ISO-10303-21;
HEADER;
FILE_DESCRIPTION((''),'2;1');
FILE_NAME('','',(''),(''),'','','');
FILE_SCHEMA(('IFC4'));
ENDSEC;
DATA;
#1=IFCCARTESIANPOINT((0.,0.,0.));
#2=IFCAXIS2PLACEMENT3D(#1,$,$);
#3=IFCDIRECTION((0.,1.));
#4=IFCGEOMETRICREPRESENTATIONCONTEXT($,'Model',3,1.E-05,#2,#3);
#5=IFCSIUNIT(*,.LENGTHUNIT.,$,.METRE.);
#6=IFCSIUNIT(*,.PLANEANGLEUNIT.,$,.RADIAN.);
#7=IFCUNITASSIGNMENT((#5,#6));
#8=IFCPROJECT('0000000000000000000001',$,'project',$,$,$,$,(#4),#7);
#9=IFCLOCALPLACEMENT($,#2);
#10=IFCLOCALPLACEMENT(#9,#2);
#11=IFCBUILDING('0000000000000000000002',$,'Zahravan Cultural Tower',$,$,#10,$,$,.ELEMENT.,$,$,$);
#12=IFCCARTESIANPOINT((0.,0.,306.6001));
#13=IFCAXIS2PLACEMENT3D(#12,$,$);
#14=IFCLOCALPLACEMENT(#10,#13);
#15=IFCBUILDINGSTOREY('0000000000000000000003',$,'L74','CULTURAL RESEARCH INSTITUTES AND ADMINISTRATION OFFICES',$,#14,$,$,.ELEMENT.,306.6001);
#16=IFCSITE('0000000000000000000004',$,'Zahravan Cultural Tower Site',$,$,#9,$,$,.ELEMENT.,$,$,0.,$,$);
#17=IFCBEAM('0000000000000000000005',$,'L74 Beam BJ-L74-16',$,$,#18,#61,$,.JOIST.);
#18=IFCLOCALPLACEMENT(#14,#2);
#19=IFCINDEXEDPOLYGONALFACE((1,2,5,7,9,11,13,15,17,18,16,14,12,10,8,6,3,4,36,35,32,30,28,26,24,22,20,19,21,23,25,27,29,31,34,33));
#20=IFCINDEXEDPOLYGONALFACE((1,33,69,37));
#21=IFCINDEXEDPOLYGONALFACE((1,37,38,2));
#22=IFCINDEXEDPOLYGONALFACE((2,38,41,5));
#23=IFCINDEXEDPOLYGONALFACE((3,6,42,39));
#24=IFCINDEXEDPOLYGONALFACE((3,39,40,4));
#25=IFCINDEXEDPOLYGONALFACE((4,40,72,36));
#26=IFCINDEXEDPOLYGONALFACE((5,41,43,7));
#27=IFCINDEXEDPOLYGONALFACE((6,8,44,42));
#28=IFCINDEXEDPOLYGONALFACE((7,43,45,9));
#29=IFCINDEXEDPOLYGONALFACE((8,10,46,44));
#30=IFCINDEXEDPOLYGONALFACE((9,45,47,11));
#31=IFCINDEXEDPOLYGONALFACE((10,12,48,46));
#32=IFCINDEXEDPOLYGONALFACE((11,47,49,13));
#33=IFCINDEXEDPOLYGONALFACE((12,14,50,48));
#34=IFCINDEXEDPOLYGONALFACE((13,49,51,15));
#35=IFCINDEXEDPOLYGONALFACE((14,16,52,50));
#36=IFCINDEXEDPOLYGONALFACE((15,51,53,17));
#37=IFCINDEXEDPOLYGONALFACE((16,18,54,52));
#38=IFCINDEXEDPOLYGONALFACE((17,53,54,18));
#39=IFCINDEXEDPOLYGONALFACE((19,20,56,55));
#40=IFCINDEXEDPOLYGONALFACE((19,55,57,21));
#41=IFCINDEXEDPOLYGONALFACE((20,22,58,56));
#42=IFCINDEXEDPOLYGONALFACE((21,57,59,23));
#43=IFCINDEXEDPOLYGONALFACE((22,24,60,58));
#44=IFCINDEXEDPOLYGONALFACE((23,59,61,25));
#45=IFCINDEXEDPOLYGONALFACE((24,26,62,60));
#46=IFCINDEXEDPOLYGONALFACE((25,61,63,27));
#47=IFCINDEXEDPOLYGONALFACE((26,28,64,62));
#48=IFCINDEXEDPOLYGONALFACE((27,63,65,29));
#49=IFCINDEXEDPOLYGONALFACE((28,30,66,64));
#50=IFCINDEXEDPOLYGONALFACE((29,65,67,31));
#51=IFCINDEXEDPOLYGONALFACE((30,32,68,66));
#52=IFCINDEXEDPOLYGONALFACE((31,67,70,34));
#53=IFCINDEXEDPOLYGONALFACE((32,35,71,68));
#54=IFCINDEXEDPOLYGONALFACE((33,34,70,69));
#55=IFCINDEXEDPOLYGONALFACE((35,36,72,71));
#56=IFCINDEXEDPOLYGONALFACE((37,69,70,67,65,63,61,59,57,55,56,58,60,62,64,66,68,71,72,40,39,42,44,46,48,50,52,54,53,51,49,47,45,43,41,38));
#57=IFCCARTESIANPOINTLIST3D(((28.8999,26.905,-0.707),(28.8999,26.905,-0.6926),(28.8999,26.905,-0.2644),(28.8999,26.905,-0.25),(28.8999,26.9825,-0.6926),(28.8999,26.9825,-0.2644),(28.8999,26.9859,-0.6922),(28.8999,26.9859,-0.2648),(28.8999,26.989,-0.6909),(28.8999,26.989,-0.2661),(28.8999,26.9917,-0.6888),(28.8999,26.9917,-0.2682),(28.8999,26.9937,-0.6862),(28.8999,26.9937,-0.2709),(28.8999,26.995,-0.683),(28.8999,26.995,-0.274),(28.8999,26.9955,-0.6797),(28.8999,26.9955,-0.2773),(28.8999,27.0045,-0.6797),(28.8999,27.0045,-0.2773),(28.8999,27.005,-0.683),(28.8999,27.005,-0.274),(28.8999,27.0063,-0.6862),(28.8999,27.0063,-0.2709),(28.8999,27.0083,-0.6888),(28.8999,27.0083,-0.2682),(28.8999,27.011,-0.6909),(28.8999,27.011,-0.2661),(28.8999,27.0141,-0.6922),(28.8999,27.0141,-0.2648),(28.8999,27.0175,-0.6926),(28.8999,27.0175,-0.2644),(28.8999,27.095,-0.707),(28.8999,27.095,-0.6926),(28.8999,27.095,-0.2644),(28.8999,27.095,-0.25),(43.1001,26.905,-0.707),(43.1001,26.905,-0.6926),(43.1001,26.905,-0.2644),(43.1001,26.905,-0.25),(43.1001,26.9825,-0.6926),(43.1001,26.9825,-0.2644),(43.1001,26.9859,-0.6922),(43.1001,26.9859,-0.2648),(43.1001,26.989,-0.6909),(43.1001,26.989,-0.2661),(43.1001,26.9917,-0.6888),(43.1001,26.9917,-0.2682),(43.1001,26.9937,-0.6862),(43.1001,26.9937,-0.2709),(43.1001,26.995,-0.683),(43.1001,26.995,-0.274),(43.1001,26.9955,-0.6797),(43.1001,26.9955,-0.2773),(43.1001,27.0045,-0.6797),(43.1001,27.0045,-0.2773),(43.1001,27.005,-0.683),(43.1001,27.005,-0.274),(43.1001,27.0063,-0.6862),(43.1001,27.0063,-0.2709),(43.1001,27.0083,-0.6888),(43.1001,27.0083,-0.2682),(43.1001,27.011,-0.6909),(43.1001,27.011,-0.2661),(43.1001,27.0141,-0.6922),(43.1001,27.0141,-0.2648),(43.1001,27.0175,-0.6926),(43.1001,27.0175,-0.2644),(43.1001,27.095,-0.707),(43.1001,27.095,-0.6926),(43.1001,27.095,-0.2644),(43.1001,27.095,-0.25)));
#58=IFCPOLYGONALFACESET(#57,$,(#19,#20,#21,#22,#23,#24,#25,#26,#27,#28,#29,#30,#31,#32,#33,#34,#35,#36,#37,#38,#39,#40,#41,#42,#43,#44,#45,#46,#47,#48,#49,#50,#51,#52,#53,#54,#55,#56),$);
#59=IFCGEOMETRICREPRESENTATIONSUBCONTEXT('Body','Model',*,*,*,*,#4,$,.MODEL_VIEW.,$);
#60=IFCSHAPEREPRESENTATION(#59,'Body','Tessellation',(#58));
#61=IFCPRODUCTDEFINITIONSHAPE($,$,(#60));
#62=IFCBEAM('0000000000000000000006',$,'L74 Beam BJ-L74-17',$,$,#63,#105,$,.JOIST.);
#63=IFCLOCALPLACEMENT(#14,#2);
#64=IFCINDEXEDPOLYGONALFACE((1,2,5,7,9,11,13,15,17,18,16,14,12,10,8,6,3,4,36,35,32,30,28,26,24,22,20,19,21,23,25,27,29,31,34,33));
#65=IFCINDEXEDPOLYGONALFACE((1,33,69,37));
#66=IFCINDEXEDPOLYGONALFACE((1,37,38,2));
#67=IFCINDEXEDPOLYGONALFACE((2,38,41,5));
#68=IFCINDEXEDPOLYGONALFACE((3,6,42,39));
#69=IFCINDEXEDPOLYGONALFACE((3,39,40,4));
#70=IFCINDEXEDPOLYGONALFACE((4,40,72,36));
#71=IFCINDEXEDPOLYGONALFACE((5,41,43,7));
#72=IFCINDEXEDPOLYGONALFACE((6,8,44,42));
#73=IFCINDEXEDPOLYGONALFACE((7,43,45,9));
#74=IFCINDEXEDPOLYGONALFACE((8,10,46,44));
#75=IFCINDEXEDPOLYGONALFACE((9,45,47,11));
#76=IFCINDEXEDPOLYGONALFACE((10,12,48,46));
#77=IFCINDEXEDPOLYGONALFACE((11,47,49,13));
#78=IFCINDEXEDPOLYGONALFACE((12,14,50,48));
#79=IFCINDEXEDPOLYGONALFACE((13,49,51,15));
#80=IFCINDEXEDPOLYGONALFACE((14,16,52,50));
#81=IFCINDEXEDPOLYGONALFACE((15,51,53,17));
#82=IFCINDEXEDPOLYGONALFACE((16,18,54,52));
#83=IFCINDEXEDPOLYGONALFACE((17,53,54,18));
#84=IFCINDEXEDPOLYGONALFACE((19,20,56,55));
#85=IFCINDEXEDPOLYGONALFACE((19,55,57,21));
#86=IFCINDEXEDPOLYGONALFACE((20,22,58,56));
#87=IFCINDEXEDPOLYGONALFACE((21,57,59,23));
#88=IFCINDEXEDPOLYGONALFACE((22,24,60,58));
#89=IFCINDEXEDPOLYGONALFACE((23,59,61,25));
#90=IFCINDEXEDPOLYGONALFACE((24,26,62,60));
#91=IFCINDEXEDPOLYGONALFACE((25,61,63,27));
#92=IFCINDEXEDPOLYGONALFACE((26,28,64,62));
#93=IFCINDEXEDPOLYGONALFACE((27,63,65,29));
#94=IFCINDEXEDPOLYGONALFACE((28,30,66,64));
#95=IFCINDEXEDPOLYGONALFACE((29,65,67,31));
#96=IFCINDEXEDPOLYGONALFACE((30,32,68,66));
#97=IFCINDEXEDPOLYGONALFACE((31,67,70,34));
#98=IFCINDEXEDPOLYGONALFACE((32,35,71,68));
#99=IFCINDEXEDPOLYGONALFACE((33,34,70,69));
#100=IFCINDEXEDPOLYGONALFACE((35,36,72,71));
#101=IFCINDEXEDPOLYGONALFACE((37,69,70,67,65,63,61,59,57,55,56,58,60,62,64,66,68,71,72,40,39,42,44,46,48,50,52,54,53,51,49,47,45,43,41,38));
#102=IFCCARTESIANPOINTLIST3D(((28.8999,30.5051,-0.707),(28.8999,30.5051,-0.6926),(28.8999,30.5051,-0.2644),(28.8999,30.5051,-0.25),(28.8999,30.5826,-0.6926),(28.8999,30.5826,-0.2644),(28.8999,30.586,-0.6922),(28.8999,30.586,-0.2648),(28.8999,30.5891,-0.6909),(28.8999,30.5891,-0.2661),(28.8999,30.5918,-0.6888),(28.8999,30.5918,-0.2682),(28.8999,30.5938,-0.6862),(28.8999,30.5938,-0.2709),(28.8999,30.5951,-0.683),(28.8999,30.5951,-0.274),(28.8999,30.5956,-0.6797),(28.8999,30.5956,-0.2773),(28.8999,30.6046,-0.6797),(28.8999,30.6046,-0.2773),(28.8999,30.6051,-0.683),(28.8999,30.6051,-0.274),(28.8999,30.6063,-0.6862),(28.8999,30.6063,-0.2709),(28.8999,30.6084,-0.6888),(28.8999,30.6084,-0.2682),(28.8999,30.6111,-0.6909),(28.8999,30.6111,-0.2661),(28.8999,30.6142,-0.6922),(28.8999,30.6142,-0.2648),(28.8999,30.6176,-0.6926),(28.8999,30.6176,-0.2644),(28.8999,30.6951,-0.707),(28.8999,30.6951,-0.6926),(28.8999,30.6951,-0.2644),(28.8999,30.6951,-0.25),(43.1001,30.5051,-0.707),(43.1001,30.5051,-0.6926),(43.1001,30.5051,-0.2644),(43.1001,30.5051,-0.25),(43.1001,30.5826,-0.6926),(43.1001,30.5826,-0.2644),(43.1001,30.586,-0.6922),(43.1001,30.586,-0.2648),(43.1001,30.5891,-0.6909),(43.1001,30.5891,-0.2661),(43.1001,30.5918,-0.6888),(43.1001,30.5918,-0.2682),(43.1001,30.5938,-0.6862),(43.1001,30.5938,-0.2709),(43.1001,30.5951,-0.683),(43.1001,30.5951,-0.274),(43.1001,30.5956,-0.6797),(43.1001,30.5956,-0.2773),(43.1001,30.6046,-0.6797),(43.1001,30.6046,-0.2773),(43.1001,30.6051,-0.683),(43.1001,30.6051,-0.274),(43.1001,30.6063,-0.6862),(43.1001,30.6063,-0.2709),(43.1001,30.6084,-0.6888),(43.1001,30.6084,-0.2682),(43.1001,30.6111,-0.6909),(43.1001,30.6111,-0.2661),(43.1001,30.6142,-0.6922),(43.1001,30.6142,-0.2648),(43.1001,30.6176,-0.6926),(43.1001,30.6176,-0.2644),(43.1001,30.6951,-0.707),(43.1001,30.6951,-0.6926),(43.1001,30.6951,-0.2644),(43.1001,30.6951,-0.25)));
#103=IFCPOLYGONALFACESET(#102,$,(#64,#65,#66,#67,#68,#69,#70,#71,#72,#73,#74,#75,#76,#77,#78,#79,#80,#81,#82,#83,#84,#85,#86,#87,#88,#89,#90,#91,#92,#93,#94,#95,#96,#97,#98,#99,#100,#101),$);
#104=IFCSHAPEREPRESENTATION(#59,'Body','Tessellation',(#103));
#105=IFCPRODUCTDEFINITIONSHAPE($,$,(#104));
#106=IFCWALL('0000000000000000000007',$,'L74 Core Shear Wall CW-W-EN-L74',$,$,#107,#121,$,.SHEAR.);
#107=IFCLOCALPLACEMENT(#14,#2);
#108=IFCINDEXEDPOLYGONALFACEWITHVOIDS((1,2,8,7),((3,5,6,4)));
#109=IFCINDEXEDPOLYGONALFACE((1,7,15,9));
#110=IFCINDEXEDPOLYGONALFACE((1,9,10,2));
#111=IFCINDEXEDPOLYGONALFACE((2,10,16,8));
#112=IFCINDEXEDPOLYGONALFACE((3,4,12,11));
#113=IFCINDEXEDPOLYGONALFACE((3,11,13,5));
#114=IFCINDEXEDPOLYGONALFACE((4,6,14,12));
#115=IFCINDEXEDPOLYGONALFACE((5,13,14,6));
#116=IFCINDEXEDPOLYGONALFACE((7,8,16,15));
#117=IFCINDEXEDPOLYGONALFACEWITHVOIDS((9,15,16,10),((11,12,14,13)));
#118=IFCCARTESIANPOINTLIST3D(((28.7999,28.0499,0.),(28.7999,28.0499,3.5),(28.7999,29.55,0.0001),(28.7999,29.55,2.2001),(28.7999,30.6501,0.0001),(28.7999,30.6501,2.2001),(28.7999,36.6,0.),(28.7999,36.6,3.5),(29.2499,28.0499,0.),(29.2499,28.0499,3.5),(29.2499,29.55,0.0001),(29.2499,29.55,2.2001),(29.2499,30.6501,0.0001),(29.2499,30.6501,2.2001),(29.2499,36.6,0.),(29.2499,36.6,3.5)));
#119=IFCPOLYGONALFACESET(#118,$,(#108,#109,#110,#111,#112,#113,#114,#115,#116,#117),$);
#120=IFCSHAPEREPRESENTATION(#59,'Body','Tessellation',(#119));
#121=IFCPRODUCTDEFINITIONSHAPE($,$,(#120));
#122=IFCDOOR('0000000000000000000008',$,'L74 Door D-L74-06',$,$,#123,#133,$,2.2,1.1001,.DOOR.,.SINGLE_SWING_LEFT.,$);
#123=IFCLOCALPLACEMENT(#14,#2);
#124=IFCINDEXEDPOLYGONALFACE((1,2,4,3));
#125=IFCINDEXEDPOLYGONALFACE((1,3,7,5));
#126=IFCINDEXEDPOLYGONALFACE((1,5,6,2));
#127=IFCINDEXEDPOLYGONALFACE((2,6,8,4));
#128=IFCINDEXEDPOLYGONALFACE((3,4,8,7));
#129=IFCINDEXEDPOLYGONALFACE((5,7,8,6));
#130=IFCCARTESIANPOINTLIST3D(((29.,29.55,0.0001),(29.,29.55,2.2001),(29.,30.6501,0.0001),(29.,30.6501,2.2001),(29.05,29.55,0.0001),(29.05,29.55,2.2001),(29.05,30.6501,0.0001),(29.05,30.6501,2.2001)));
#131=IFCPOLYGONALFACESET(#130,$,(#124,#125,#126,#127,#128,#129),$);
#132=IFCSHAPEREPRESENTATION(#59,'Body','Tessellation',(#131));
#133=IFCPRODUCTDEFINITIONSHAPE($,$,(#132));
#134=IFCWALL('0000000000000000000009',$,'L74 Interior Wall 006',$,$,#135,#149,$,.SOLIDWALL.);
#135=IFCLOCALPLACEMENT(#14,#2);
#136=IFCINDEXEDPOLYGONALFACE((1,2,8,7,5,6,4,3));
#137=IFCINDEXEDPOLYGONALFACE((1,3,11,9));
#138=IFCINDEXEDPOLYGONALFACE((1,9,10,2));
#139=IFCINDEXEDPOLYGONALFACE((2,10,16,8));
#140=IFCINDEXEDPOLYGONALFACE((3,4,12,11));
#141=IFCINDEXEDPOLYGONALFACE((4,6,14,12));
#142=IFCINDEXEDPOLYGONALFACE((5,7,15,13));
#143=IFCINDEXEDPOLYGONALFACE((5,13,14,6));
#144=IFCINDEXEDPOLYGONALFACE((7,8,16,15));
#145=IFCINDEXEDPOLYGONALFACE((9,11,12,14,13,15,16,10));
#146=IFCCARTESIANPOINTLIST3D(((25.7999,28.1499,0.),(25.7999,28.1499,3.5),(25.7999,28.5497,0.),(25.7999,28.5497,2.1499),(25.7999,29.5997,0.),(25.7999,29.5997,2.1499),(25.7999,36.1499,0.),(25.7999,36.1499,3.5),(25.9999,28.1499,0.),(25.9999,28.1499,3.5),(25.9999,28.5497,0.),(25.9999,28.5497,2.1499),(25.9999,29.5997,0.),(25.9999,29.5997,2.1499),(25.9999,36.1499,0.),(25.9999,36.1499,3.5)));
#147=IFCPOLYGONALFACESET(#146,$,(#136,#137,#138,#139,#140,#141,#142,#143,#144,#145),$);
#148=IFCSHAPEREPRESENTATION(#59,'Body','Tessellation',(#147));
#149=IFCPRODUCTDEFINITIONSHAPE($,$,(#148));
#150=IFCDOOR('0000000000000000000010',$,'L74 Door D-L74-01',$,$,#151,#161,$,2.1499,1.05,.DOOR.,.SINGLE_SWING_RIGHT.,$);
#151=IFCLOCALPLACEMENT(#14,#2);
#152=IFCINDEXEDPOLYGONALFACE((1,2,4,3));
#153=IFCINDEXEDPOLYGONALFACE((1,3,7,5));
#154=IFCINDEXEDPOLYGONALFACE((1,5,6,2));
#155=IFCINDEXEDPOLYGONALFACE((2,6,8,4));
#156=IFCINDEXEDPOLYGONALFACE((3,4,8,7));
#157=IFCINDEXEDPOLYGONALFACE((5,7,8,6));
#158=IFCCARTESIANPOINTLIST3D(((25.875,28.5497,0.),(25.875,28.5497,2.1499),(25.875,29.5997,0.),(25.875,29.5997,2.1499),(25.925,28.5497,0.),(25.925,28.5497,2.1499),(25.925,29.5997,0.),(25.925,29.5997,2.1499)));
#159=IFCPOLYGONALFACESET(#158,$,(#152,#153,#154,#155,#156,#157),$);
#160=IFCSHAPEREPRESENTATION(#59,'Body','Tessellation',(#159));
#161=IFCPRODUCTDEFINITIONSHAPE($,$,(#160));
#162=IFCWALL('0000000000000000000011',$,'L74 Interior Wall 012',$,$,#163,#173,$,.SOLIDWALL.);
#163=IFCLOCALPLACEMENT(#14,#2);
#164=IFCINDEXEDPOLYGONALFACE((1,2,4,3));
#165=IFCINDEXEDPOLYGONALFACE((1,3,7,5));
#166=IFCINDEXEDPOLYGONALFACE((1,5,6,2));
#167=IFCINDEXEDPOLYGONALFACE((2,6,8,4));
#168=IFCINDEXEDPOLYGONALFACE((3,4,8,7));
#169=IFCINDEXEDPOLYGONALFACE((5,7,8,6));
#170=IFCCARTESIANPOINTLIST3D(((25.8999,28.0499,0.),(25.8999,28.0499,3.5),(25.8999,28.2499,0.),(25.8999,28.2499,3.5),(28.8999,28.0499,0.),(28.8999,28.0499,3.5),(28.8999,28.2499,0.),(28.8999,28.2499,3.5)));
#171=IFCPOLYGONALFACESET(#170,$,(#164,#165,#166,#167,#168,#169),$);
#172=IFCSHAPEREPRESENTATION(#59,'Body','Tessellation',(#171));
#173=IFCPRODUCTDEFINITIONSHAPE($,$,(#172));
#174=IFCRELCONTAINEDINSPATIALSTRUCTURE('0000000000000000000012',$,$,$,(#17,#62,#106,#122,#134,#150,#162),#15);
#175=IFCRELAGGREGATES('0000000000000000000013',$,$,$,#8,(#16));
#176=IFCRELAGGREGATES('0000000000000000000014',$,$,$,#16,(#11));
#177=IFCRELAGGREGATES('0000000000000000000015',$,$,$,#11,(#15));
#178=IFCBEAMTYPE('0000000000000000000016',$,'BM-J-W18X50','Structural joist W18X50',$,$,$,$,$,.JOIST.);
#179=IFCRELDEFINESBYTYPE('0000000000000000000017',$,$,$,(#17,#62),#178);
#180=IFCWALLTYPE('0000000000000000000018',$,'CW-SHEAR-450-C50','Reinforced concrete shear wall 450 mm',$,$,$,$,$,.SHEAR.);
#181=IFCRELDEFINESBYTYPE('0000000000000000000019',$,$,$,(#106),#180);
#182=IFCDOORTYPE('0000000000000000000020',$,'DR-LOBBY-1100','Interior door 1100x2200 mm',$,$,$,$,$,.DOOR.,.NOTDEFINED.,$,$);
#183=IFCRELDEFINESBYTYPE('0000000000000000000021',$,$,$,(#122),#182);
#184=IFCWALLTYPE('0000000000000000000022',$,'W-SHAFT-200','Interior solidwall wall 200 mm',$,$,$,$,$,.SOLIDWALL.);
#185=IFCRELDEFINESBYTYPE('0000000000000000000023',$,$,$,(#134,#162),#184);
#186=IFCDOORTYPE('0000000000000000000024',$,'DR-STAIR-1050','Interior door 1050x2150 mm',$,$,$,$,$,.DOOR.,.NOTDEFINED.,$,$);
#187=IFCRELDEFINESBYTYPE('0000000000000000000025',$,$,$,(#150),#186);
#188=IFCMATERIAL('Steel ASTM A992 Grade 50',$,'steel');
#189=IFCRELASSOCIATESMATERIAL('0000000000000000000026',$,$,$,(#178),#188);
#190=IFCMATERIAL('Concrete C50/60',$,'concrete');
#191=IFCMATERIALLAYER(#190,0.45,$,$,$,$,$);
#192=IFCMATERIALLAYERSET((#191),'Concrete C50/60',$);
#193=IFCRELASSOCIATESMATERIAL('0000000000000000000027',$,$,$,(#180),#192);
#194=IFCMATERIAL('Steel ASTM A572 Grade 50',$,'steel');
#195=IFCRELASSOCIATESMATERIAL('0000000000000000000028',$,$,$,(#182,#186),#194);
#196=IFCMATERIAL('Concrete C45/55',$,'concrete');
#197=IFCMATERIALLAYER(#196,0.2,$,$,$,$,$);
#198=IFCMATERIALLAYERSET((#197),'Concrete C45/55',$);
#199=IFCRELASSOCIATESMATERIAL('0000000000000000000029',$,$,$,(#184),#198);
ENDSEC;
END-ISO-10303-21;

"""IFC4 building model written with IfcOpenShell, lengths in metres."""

from ifc_helpers import new_model, si_unit, direction, frame, frame_2d, origin, origin_2d, place, context, subcontext, project, spatial, rectangle, i_section, extrude, source, transform, mapped, material, layer, layer_set, material_profile, profile_set, type_object, element, fill, save


model = new_model("IFC4")

# Units and contexts
model_context = context("Model", 3, precision=1e-05, world=origin(), true_north=direction((0.0, 1.0)))
body_context = subcontext(model_context, "Body", "Model", "MODEL_VIEW")
ifc_project = project(units=[si_unit("LENGTHUNIT", "METRE"), si_unit("PLANEANGLEUNIT", "RADIAN")], contexts=[model_context])

# Site, building, storey
site_placement = place(None, origin())
site = spatial("IfcSite", under=ifc_project, at=site_placement, Name="Zahravan Cultural Tower Site", CompositionType="ELEMENT", RefElevation=0.0)
building_placement = place(site_placement, origin())
building = spatial("IfcBuilding", under=site, at=building_placement, Name="Zahravan Cultural Tower", CompositionType="ELEMENT")
storey_placement = place(building_placement, frame((0.0, 0.0, 306.6001)))
storey = spatial("IfcBuildingStorey", under=building, at=storey_placement, Name="L74", Description="CULTURAL RESEARCH INSTITUTES AND ADMINISTRATION OFFICES", CompositionType="ELEMENT", Elevation=306.6001)

# Beams
ifc_material_1 = material(Name="Steel ASTM A992 Grade 50", Category="steel")
ifc_material_profile = material_profile(ifc_material_1, i_section(OverallWidth=0.1899, OverallDepth=0.457, WebThickness=0.009, FlangeThickness=0.0144, FilletRadius=0.0129, at=origin_2d()), Name="W18X50")
ifc_profile_set = profile_set([ifc_material_profile], Name="Steel ASTM A992 Grade 50")
beam_type = type_object("IfcBeamType", Name="BM-J-W18X50", Description="Structural joist W18X50", PredefinedType="JOIST", material=ifc_profile_set)
shared_shape_1 = source(origin(), body_context, "Body", "SweptSolid", [
    extrude(i_section(OverallWidth=0.1899, OverallDepth=0.457, WebThickness=0.009, FlangeThickness=0.0144, FilletRadius=0.0129, at=origin_2d()), origin(), (0.0, 0.0, 1.0), 14.2002),
])
for number, where, z_axis, x_axis, name in (
    (1, (28.8999, 27.0, -0.4785), (1.0, 0.0, 0.0), (0.0, 1.0, 0.0), "L74 Beam BJ-L74-16"),
    (2, (28.8999, 30.6001, -0.4785), (1.0, 0.0, 0.0), (0.0, 1.0, 0.0), "L74 Beam BJ-L74-17"),
):
    element("IfcBeam", number, at=place(storey_placement, frame(where, z_axis=z_axis, x_axis=x_axis)), inside=storey, type_object=beam_type, Name=name, PredefinedType="JOIST", context=body_context, shape_type="MappedRepresentation", body=[
        mapped(shared_shape_1, transform((0.0, 0.0, 0.0), x_axis=(1.0, 0.0, 0.0), y_axis=(0.0, 1.0, 0.0), z_axis=(0.0, 0.0, 1.0), scale=1.0)),
    ])

# Walls, openings, doors
ifc_material_2 = material(Name="Concrete C50/60", Category="concrete")
ifc_layer_1 = layer(ifc_material_2, 0.45)
ifc_layer_set_1 = layer_set([ifc_layer_1], Name="Concrete C50/60")
wall_type_1 = type_object("IfcWallType", Name="CW-SHEAR-450-C50", Description="Reinforced concrete shear wall 450 mm", PredefinedType="SHEAR", material=ifc_layer_set_1)
wall_1_placement = place(storey_placement, frame((29.0249, 28.05, 0.0), z_axis=(0.0, 0.0, 1.0), x_axis=(0.0, 1.0, 0.0)))
wall_1 = element("IfcWall", 3, at=wall_1_placement, inside=storey, type_object=wall_type_1, Name="L74 Core Shear Wall CW-W-EN-L74", PredefinedType="SHEAR", context=body_context, shape_type="SweptSolid", body=[
    extrude(rectangle(XDim=8.55, YDim=0.45, at=frame_2d((4.2749, 0.0))), origin(), (0.0, 0.0, 1.0), 3.5),
])
opening_1_placement = place(wall_1_placement, frame((1.5, 0.0, 0.0)))
opening_1 = element("IfcOpeningElement", 4, at=opening_1_placement, cuts=wall_1, PredefinedType="OPENING", context=body_context, shape_type="SweptSolid", body=[
    extrude(rectangle(XDim=1.1001, YDim=2.2, at=frame_2d((0.55, 1.1001))), frame((0.0, 0.2349, 0.0), z_axis=(0.0, -1.0, 0.0), x_axis=(1.0, 0.0, 0.0)), (0.0, 0.0, 1.0), 0.47),
])
ifc_material_3 = material(Name="Steel ASTM A572 Grade 50", Category="steel")
door_type_1 = type_object("IfcDoorType", Name="DR-LOBBY-1100", Description="Interior door 1100x2200 mm", OperationType="NOTDEFINED", PredefinedType="DOOR", material=ifc_material_3)
shared_shape_2 = source(origin(), body_context, "Body", "SweptSolid", [
    extrude(rectangle(XDim=1.1001, YDim=2.2, at=frame_2d((0.55, 1.1001))), frame((0.0, 0.0249, 0.0), z_axis=(0.0, -1.0, 0.0), x_axis=(1.0, 0.0, 0.0)), (0.0, 0.0, 1.0), 0.05),
])
door_1_placement = place(opening_1_placement, origin())
door_1 = element("IfcDoor", 5, at=door_1_placement, inside=storey, type_object=door_type_1, Name="L74 Door D-L74-06", OperationType="SINGLE_SWING_LEFT", OverallHeight=2.2, OverallWidth=1.1001, PredefinedType="DOOR", context=body_context, shape_type="MappedRepresentation", body=[
    mapped(shared_shape_2, transform((0.0, 0.0, 0.0), x_axis=(1.0, 0.0, 0.0), y_axis=(0.0, 1.0, 0.0), z_axis=(0.0, 0.0, 1.0), scale=1.0)),
])
fill(opening_1, door_1)
ifc_material_4 = material(Name="Concrete C45/55", Category="concrete")
ifc_layer_2 = layer(ifc_material_4, 0.2)
ifc_layer_set_2 = layer_set([ifc_layer_2], Name="Concrete C45/55")
wall_type_2 = type_object("IfcWallType", Name="W-SHAFT-200", Description="Interior solidwall wall 200 mm", PredefinedType="SOLIDWALL", material=ifc_layer_set_2)
wall_2_placement = place(storey_placement, frame((25.8999, 28.1499, 0.0), z_axis=(0.0, 0.0, 1.0), x_axis=(0.0, 1.0, 0.0)))
wall_2 = element("IfcWall", 6, at=wall_2_placement, inside=storey, type_object=wall_type_2, Name="L74 Interior Wall 006", PredefinedType="SOLIDWALL", context=body_context, shape_type="SweptSolid", body=[
    extrude(rectangle(XDim=8.0, YDim=0.2, at=frame_2d((4.0, 0.0))), origin(), (0.0, 0.0, 1.0), 3.5),
])
opening_2_placement = place(wall_2_placement, frame((0.3999, 0.0, 0.0)))
opening_2 = element("IfcOpeningElement", 7, at=opening_2_placement, cuts=wall_2, PredefinedType="OPENING", context=body_context, shape_type="SweptSolid", body=[
    extrude(rectangle(XDim=1.05, YDim=2.1499, at=frame_2d((0.5249, 1.075))), frame((0.0, 0.1099, 0.0), z_axis=(0.0, -1.0, 0.0), x_axis=(1.0, 0.0, 0.0)), (0.0, 0.0, 1.0), 0.22),
])
door_type_2 = type_object("IfcDoorType", Name="DR-STAIR-1050", Description="Interior door 1050x2150 mm", OperationType="NOTDEFINED", PredefinedType="DOOR", material=ifc_material_3)
shared_shape_3 = source(origin(), body_context, "Body", "SweptSolid", [
    extrude(rectangle(XDim=1.05, YDim=2.1499, at=frame_2d((0.5249, 1.075))), frame((0.0, 0.0249, 0.0), z_axis=(0.0, -1.0, 0.0), x_axis=(1.0, 0.0, 0.0)), (0.0, 0.0, 1.0), 0.05),
])
door_2_placement = place(opening_2_placement, origin())
door_2 = element("IfcDoor", 8, at=door_2_placement, inside=storey, type_object=door_type_2, Name="L74 Door D-L74-01", OperationType="SINGLE_SWING_RIGHT", OverallHeight=2.1499, OverallWidth=1.05, PredefinedType="DOOR", context=body_context, shape_type="MappedRepresentation", body=[
    mapped(shared_shape_3, transform((0.0, 0.0, 0.0), x_axis=(1.0, 0.0, 0.0), y_axis=(0.0, 1.0, 0.0), z_axis=(0.0, 0.0, 1.0), scale=1.0)),
])
fill(opening_2, door_2)

# Wall
shared_shape_4 = source(origin(), body_context, "Body", "SweptSolid", [
    extrude(rectangle(XDim=3.0, YDim=0.2, at=frame_2d((1.5, 0.0))), origin(), (0.0, 0.0, 1.0), 3.5),
])
wall_3_placement = place(storey_placement, frame((25.8999, 28.1499, 0.0), z_axis=(0.0, 0.0, 1.0), x_axis=(1.0, 0.0, 0.0)))
element("IfcWall", 9, at=wall_3_placement, inside=storey, type_object=wall_type_2, Name="L74 Interior Wall 012", PredefinedType="SOLIDWALL", context=body_context, shape_type="MappedRepresentation", body=[
    mapped(shared_shape_4, transform((0.0, 0.0, 0.0), x_axis=(1.0, 0.0, 0.0), y_axis=(0.0, 1.0, 0.0), z_axis=(0.0, 0.0, 1.0), scale=1.0)),
])

save(model, "model.ifc")
